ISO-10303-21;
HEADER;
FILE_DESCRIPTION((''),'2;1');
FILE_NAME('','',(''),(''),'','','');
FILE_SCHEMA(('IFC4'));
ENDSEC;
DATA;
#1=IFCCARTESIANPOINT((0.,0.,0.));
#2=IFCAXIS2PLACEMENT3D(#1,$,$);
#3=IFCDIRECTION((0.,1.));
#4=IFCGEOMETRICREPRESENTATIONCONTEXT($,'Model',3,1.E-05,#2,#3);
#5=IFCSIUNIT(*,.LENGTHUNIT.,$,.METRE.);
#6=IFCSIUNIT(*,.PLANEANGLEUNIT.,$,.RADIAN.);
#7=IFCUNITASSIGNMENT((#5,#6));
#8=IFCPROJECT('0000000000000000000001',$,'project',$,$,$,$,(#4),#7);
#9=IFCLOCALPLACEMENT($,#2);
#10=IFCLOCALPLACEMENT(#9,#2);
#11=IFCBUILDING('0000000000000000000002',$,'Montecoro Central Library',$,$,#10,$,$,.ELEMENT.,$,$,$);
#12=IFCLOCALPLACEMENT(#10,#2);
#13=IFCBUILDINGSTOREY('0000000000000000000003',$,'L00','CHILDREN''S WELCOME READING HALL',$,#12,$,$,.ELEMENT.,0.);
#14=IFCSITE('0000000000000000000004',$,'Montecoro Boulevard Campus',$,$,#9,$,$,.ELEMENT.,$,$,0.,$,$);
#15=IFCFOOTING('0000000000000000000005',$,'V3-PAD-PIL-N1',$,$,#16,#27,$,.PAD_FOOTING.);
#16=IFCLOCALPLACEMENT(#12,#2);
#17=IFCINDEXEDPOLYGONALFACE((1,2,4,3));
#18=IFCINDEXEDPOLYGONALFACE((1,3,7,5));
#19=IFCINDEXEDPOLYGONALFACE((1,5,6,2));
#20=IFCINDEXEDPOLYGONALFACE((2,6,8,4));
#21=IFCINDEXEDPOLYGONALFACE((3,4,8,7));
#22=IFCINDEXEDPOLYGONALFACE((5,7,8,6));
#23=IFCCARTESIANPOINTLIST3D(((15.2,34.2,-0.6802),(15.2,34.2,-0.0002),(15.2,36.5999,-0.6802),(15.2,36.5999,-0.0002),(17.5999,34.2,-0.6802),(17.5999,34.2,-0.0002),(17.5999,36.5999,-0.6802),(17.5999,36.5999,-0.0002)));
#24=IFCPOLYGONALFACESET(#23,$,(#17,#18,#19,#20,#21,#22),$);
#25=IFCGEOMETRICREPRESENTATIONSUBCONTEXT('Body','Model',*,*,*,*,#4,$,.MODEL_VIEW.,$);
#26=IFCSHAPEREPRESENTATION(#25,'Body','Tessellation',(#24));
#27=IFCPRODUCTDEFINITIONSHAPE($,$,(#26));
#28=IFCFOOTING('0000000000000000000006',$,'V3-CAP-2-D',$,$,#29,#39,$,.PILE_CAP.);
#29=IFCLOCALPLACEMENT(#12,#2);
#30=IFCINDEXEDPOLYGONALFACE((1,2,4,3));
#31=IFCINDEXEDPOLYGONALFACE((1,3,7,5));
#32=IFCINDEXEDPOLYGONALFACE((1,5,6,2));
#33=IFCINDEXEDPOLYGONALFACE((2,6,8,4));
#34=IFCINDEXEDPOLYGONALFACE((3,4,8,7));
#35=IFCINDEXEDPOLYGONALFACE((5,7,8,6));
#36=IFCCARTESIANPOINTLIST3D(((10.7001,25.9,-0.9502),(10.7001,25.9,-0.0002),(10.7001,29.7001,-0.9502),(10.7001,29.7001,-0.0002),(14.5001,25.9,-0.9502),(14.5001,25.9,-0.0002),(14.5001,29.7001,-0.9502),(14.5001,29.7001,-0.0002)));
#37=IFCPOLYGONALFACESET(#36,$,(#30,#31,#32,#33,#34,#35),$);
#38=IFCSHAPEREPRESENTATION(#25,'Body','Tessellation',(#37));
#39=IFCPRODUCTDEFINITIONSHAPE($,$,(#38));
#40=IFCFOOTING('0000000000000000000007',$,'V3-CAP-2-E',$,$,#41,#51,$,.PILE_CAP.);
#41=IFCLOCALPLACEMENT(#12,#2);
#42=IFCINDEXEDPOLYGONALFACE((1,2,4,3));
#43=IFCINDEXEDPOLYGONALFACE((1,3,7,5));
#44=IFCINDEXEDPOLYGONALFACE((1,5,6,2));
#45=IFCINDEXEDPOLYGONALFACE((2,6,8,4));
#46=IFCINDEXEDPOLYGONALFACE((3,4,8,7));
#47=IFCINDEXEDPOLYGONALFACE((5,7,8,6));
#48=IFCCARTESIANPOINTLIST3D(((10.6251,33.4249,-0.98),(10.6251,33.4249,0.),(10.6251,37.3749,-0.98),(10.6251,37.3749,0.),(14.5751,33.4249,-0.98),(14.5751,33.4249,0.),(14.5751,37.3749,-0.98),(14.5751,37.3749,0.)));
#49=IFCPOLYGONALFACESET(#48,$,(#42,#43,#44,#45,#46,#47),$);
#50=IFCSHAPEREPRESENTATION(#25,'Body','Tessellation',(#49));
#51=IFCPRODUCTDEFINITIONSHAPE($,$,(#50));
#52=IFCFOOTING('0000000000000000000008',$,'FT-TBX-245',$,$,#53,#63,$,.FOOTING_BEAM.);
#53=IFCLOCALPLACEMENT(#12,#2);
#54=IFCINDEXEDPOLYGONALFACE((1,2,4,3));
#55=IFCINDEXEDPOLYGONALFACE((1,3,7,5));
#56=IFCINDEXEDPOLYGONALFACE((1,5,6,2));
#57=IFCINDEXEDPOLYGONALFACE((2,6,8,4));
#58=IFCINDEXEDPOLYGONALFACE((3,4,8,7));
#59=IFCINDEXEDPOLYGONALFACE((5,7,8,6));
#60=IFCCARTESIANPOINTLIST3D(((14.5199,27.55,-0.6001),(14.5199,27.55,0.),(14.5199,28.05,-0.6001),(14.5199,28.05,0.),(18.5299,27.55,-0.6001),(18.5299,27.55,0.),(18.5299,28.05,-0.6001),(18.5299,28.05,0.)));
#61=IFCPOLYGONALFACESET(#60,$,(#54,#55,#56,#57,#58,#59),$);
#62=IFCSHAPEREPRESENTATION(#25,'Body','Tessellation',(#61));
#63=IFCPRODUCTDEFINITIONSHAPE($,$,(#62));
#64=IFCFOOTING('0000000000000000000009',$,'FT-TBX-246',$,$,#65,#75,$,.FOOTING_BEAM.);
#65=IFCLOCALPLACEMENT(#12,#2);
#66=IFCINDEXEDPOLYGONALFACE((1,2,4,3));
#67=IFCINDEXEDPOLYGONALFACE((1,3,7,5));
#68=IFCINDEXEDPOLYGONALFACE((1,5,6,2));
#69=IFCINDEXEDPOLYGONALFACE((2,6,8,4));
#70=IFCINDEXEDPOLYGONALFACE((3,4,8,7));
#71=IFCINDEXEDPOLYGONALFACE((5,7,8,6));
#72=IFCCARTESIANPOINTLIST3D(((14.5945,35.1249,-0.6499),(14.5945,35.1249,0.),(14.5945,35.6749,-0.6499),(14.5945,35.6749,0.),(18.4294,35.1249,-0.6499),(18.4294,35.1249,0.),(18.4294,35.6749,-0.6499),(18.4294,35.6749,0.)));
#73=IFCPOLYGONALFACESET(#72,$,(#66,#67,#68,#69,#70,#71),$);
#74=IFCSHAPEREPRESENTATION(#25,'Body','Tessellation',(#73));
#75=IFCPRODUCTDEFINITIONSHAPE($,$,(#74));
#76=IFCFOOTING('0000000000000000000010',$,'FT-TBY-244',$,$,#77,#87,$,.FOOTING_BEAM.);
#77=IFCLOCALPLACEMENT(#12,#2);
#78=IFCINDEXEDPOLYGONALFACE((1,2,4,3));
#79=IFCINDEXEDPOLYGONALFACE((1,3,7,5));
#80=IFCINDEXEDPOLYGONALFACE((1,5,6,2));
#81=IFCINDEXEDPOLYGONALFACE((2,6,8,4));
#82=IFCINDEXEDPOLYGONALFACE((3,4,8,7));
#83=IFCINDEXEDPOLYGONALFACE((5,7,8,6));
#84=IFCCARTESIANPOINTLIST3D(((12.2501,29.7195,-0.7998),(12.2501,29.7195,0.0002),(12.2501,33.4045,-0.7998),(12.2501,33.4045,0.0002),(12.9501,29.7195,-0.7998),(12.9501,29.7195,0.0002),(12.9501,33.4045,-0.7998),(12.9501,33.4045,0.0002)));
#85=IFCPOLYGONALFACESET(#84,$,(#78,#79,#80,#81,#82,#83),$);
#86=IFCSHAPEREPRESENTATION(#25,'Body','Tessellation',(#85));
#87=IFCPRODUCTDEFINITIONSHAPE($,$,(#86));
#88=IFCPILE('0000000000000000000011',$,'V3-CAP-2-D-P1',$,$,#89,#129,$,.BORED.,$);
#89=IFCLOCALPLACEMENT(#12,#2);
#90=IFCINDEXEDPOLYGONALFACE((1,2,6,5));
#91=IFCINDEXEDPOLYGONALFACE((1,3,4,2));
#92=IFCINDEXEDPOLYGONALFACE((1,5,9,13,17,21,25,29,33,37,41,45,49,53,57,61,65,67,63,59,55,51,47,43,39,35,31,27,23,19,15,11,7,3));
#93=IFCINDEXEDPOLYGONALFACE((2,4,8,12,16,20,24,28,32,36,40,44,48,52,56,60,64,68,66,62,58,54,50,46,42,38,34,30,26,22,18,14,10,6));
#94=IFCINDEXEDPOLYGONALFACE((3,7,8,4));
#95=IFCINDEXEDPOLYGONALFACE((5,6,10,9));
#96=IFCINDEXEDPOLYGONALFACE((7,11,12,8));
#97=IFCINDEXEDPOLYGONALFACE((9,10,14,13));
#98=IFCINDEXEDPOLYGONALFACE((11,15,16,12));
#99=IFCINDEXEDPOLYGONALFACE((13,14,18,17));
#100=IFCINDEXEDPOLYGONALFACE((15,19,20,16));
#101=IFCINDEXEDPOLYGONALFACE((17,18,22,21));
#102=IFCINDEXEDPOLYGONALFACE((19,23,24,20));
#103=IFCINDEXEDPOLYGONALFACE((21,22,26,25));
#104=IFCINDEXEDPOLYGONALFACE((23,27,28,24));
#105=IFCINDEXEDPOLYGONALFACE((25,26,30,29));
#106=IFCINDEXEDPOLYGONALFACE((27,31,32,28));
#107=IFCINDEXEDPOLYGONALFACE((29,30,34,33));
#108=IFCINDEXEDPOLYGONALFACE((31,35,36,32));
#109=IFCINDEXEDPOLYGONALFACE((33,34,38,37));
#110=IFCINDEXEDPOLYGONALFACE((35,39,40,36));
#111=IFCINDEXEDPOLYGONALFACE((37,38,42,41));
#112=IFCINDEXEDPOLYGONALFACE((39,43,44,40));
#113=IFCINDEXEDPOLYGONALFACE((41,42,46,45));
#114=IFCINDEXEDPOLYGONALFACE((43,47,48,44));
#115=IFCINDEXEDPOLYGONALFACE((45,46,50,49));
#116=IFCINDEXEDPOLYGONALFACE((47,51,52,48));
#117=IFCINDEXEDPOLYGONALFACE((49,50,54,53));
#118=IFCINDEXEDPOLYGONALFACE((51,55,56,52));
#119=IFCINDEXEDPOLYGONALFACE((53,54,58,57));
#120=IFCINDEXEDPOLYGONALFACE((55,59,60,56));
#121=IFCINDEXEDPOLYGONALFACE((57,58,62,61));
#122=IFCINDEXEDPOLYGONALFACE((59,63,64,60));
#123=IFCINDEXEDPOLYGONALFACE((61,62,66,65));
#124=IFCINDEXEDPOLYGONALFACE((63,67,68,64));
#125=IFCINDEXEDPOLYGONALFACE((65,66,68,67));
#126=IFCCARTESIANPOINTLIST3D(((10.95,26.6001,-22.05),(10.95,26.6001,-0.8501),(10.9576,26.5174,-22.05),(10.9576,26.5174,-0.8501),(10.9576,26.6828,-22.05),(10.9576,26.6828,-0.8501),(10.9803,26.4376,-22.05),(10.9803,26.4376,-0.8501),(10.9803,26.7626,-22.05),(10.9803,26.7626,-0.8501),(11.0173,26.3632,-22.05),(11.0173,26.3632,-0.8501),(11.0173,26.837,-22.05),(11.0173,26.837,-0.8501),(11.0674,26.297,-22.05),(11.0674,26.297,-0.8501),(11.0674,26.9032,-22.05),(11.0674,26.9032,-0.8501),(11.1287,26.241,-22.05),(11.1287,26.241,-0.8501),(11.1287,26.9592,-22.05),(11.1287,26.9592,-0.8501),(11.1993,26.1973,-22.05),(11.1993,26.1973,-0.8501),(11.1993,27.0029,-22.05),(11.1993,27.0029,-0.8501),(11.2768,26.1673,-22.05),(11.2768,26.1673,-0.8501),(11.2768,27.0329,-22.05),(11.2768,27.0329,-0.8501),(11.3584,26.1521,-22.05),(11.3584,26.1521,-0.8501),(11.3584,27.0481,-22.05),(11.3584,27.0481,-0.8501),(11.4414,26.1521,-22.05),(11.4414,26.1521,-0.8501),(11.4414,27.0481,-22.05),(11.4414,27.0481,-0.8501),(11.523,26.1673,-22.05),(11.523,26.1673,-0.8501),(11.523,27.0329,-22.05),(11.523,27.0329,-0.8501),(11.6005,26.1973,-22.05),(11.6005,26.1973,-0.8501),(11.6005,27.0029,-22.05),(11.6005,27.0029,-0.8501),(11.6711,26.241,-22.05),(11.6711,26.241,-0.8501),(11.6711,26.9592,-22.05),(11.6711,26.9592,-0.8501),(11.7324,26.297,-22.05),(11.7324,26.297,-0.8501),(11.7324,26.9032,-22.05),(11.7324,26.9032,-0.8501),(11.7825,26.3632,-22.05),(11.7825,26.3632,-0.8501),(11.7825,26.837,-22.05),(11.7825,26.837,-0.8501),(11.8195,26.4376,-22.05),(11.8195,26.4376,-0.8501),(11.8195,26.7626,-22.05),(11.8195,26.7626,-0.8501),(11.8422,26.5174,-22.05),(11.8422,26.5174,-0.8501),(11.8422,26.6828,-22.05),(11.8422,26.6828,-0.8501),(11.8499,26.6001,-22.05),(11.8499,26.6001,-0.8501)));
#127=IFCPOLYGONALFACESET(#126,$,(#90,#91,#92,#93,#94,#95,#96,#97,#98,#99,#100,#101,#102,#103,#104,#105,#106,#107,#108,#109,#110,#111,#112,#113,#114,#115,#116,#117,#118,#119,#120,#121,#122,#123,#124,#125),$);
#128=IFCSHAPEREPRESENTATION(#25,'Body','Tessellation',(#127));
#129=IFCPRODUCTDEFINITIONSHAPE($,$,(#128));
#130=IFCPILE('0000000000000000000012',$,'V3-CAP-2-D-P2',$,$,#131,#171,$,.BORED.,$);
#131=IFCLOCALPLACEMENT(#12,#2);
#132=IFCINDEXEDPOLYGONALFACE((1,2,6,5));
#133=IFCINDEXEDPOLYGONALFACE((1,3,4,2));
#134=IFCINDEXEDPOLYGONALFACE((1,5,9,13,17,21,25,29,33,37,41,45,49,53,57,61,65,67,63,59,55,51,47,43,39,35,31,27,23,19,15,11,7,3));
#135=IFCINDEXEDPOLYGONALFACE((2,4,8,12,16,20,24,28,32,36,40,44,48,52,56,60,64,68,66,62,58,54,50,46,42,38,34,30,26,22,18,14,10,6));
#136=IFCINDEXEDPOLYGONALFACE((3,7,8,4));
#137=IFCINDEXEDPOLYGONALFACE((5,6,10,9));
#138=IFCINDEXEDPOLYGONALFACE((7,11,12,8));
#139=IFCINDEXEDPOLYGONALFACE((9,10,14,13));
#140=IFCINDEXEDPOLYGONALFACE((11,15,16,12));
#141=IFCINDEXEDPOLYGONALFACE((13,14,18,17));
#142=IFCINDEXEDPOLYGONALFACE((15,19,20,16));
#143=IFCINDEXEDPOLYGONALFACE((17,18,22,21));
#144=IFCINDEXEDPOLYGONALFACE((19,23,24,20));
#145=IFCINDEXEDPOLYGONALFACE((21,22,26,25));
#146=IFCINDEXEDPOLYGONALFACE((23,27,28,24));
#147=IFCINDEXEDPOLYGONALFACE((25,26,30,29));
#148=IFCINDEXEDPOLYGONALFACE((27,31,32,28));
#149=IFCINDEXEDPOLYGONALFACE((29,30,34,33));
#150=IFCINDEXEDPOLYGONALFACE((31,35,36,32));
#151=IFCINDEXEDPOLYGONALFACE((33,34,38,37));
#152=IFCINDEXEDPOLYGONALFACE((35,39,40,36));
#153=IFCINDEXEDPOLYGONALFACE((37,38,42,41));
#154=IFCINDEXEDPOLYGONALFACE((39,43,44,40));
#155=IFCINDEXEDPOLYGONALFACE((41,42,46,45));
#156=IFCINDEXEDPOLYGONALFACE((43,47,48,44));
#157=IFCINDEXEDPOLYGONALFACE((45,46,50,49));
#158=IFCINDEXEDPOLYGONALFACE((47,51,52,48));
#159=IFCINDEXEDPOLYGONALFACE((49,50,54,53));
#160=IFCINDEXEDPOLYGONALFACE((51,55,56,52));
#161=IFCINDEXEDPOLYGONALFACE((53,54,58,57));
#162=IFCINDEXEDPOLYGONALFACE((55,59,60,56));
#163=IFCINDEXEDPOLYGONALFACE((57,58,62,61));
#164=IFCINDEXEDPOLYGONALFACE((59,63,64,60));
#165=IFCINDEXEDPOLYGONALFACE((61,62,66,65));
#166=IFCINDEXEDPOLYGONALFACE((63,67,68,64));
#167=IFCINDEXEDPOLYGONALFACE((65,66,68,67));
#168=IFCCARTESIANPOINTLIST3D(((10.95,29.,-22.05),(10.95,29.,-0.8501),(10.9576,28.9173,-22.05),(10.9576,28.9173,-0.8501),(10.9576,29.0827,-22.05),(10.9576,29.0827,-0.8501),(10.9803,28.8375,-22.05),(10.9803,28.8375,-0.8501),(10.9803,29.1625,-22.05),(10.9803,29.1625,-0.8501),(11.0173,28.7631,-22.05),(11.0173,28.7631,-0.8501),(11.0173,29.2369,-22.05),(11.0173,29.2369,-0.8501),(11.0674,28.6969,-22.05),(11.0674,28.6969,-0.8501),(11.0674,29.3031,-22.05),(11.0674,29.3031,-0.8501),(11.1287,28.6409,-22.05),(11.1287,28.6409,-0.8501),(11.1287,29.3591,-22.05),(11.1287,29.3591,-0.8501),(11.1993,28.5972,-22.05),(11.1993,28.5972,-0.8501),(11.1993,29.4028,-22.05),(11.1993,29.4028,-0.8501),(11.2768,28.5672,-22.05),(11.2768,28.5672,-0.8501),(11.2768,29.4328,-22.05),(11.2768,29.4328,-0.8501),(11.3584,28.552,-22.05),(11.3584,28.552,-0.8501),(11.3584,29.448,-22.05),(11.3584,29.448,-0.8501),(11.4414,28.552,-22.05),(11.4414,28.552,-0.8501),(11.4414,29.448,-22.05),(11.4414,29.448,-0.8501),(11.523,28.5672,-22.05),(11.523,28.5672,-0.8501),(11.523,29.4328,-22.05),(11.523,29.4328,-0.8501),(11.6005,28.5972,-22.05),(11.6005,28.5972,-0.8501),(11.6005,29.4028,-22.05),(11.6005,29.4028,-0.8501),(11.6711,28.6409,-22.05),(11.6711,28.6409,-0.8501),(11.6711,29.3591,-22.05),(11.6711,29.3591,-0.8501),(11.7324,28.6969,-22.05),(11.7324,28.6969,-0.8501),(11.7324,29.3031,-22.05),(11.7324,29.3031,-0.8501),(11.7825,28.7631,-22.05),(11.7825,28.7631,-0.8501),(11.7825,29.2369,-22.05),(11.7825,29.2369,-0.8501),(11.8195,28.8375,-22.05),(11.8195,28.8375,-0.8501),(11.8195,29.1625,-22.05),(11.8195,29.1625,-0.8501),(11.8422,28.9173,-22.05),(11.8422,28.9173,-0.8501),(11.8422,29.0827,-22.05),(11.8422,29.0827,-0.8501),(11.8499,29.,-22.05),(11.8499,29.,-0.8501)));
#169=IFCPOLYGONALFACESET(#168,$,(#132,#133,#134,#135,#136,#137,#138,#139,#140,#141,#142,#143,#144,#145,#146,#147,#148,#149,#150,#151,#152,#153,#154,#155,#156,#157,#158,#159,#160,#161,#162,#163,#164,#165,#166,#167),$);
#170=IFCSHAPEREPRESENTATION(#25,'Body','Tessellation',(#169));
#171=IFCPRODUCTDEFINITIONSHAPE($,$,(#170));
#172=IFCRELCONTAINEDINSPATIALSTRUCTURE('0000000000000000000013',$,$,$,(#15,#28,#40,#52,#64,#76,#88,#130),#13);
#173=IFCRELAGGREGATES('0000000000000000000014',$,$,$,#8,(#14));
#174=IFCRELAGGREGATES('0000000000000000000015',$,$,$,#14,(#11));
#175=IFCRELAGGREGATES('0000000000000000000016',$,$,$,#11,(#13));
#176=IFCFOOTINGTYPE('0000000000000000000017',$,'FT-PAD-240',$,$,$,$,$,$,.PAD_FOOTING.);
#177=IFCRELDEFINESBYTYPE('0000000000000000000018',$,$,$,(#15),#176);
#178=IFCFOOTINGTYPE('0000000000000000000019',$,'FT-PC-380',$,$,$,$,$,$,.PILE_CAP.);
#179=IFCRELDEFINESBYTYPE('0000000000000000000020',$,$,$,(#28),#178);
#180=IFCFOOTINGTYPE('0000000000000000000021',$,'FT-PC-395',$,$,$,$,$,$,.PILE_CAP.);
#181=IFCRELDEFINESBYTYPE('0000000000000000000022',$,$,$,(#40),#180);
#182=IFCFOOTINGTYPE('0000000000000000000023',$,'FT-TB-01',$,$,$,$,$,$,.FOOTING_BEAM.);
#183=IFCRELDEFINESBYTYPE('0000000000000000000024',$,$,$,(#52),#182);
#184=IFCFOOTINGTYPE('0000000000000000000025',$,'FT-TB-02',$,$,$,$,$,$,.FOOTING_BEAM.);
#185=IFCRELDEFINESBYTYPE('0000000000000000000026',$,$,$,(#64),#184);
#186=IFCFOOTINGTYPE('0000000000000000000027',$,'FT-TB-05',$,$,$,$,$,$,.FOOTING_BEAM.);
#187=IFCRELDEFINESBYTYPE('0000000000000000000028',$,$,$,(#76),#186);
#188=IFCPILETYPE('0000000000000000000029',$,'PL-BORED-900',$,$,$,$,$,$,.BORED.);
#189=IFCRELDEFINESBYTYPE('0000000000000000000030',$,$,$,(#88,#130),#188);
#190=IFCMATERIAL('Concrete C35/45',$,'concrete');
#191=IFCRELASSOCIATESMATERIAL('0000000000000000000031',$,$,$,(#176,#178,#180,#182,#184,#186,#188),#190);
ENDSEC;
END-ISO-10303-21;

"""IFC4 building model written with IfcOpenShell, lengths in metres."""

from ifc_helpers import new_model, si_unit, direction, frame, origin, origin_2d, place, context, subcontext, project, spatial, rectangle, circle, extrude, material, material_profile, profile_set, type_object, element, save


model = new_model("IFC4")

# Units and contexts
model_context = context("Model", 3, precision=1e-05, world=origin(), true_north=direction((0.0, 1.0)))
body_context = subcontext(model_context, "Body", "Model", "MODEL_VIEW")
ifc_project = project(units=[si_unit("LENGTHUNIT", "METRE"), si_unit("PLANEANGLEUNIT", "RADIAN")], contexts=[model_context])

# Site, building, storey
site_placement = place(None, origin())
site = spatial("IfcSite", under=ifc_project, at=site_placement, Name="Montecoro Boulevard Campus", CompositionType="ELEMENT", RefElevation=0.0)
building_placement = place(site_placement, origin())
building = spatial("IfcBuilding", under=site, at=building_placement, Name="Montecoro Central Library", CompositionType="ELEMENT")
storey_placement = place(building_placement, origin())
storey = spatial("IfcBuildingStorey", under=building, at=storey_placement, Name="L00", Description="CHILDREN'S WELCOME READING HALL", CompositionType="ELEMENT", Elevation=0.0)

# Footings
ifc_material_1 = material(Name="Concrete C35/45", Category="concrete")
footing_type_1 = type_object("IfcFootingType", Name="FT-PAD-240", PredefinedType="PAD_FOOTING", material=ifc_material_1)
footing_1_placement = place(storey_placement, frame((16.3999, 35.3999, -0.6802), z_axis=(0.0, 0.0, 1.0), x_axis=(1.0, 0.0, 0.0)))
element("IfcFooting", 1, at=footing_1_placement, inside=storey, type_object=footing_type_1, Name="V3-PAD-PIL-N1", PredefinedType="PAD_FOOTING", context=body_context, shape_type="SweptSolid", body=[
    extrude(rectangle(XDim=2.3999, YDim=2.3999, at=origin_2d()), origin(), (0.0, 0.0, 1.0), 0.6799),
])
footing_type_2 = type_object("IfcFootingType", Name="FT-PC-380", PredefinedType="PILE_CAP", material=ifc_material_1)
footing_2_placement = place(storey_placement, frame((12.6001, 27.8, -0.9502), z_axis=(0.0, 0.0, 1.0), x_axis=(1.0, 0.0, 0.0)))
element("IfcFooting", 2, at=footing_2_placement, inside=storey, type_object=footing_type_2, Name="V3-CAP-2-D", PredefinedType="PILE_CAP", context=body_context, shape_type="SweptSolid", body=[
    extrude(rectangle(XDim=3.8, YDim=3.8, at=origin_2d()), origin(), (0.0, 0.0, 1.0), 0.95),
])
footing_type_3 = type_object("IfcFootingType", Name="FT-PC-395", PredefinedType="PILE_CAP", material=ifc_material_1)
footing_3_placement = place(storey_placement, frame((12.6001, 35.3999, -0.98), z_axis=(0.0, 0.0, 1.0), x_axis=(1.0, 0.0, 0.0)))
element("IfcFooting", 3, at=footing_3_placement, inside=storey, type_object=footing_type_3, Name="V3-CAP-2-E", PredefinedType="PILE_CAP", context=body_context, shape_type="SweptSolid", body=[
    extrude(rectangle(XDim=3.95, YDim=3.95, at=origin_2d()), origin(), (0.0, 0.0, 1.0), 0.98),
])
footing_type_4 = type_object("IfcFootingType", Name="FT-TB-01", PredefinedType="FOOTING_BEAM", material=ifc_material_1)
footing_4_placement = place(storey_placement, frame((16.5249, 27.8, -0.6001), z_axis=(0.0, 0.0, 1.0), x_axis=(1.0, 0.0, 0.0)))
element("IfcFooting", 4, at=footing_4_placement, inside=storey, type_object=footing_type_4, Name="FT-TBX-245", PredefinedType="FOOTING_BEAM", context=body_context, shape_type="SweptSolid", body=[
    extrude(rectangle(XDim=4.01, YDim=0.5, at=origin_2d()), origin(), (0.0, 0.0, 1.0), 0.6001),
])
footing_type_5 = type_object("IfcFootingType", Name="FT-TB-02", PredefinedType="FOOTING_BEAM", material=ifc_material_1)
footing_5_placement = place(storey_placement, frame((16.512, 35.3999, -0.6499), z_axis=(0.0, 0.0, 1.0), x_axis=(1.0, 0.0, 0.0)))
element("IfcFooting", 5, at=footing_5_placement, inside=storey, type_object=footing_type_5, Name="FT-TBX-246", PredefinedType="FOOTING_BEAM", context=body_context, shape_type="SweptSolid", body=[
    extrude(rectangle(XDim=3.835, YDim=0.55, at=origin_2d()), origin(), (0.0, 0.0, 1.0), 0.6499),
])
footing_type_6 = type_object("IfcFootingType", Name="FT-TB-05", PredefinedType="FOOTING_BEAM", material=ifc_material_1)
footing_6_placement = place(storey_placement, frame((12.6001, 31.562, -0.7998), z_axis=(0.0, 0.0, 1.0), x_axis=(1.0, 0.0, 0.0)))
element("IfcFooting", 6, at=footing_6_placement, inside=storey, type_object=footing_type_6, Name="FT-TBY-244", PredefinedType="FOOTING_BEAM", context=body_context, shape_type="SweptSolid", body=[
    extrude(rectangle(XDim=0.7, YDim=3.6851, at=origin_2d()), origin(), (0.0, 0.0, 1.0), 0.8),
])

# Piles
ifc_material_profile_1 = material_profile(ifc_material_1, circle(Radius=0.45, at=origin_2d()), Name="PILE D900")
ifc_profile_set_1 = profile_set([ifc_material_profile_1], Name="Concrete C35/45")
pile_type = type_object("IfcPileType", Name="PL-BORED-900", PredefinedType="BORED", material=ifc_profile_set_1)
for number, where, z_axis, x_axis, name in (
    (7, (11.3999, 26.6001, -0.8501), (0.0, 0.0, -1.0), (1.0, 0.0, 0.0), "V3-CAP-2-D-P1"),
    (8, (11.3999, 29.0, -0.8501), (0.0, 0.0, -1.0), (1.0, 0.0, 0.0), "V3-CAP-2-D-P2"),
):
    element("IfcPile", number, at=place(storey_placement, frame(where, z_axis=z_axis, x_axis=x_axis)), inside=storey, type_object=pile_type, Name=name, PredefinedType="BORED", context=body_context, shape_type="SweptSolid", body=[
        extrude(circle(Radius=0.45, at=origin_2d()), origin(), (0.0, 0.0, 1.0), 21.2),
    ])

save(model, "model.ifc")
